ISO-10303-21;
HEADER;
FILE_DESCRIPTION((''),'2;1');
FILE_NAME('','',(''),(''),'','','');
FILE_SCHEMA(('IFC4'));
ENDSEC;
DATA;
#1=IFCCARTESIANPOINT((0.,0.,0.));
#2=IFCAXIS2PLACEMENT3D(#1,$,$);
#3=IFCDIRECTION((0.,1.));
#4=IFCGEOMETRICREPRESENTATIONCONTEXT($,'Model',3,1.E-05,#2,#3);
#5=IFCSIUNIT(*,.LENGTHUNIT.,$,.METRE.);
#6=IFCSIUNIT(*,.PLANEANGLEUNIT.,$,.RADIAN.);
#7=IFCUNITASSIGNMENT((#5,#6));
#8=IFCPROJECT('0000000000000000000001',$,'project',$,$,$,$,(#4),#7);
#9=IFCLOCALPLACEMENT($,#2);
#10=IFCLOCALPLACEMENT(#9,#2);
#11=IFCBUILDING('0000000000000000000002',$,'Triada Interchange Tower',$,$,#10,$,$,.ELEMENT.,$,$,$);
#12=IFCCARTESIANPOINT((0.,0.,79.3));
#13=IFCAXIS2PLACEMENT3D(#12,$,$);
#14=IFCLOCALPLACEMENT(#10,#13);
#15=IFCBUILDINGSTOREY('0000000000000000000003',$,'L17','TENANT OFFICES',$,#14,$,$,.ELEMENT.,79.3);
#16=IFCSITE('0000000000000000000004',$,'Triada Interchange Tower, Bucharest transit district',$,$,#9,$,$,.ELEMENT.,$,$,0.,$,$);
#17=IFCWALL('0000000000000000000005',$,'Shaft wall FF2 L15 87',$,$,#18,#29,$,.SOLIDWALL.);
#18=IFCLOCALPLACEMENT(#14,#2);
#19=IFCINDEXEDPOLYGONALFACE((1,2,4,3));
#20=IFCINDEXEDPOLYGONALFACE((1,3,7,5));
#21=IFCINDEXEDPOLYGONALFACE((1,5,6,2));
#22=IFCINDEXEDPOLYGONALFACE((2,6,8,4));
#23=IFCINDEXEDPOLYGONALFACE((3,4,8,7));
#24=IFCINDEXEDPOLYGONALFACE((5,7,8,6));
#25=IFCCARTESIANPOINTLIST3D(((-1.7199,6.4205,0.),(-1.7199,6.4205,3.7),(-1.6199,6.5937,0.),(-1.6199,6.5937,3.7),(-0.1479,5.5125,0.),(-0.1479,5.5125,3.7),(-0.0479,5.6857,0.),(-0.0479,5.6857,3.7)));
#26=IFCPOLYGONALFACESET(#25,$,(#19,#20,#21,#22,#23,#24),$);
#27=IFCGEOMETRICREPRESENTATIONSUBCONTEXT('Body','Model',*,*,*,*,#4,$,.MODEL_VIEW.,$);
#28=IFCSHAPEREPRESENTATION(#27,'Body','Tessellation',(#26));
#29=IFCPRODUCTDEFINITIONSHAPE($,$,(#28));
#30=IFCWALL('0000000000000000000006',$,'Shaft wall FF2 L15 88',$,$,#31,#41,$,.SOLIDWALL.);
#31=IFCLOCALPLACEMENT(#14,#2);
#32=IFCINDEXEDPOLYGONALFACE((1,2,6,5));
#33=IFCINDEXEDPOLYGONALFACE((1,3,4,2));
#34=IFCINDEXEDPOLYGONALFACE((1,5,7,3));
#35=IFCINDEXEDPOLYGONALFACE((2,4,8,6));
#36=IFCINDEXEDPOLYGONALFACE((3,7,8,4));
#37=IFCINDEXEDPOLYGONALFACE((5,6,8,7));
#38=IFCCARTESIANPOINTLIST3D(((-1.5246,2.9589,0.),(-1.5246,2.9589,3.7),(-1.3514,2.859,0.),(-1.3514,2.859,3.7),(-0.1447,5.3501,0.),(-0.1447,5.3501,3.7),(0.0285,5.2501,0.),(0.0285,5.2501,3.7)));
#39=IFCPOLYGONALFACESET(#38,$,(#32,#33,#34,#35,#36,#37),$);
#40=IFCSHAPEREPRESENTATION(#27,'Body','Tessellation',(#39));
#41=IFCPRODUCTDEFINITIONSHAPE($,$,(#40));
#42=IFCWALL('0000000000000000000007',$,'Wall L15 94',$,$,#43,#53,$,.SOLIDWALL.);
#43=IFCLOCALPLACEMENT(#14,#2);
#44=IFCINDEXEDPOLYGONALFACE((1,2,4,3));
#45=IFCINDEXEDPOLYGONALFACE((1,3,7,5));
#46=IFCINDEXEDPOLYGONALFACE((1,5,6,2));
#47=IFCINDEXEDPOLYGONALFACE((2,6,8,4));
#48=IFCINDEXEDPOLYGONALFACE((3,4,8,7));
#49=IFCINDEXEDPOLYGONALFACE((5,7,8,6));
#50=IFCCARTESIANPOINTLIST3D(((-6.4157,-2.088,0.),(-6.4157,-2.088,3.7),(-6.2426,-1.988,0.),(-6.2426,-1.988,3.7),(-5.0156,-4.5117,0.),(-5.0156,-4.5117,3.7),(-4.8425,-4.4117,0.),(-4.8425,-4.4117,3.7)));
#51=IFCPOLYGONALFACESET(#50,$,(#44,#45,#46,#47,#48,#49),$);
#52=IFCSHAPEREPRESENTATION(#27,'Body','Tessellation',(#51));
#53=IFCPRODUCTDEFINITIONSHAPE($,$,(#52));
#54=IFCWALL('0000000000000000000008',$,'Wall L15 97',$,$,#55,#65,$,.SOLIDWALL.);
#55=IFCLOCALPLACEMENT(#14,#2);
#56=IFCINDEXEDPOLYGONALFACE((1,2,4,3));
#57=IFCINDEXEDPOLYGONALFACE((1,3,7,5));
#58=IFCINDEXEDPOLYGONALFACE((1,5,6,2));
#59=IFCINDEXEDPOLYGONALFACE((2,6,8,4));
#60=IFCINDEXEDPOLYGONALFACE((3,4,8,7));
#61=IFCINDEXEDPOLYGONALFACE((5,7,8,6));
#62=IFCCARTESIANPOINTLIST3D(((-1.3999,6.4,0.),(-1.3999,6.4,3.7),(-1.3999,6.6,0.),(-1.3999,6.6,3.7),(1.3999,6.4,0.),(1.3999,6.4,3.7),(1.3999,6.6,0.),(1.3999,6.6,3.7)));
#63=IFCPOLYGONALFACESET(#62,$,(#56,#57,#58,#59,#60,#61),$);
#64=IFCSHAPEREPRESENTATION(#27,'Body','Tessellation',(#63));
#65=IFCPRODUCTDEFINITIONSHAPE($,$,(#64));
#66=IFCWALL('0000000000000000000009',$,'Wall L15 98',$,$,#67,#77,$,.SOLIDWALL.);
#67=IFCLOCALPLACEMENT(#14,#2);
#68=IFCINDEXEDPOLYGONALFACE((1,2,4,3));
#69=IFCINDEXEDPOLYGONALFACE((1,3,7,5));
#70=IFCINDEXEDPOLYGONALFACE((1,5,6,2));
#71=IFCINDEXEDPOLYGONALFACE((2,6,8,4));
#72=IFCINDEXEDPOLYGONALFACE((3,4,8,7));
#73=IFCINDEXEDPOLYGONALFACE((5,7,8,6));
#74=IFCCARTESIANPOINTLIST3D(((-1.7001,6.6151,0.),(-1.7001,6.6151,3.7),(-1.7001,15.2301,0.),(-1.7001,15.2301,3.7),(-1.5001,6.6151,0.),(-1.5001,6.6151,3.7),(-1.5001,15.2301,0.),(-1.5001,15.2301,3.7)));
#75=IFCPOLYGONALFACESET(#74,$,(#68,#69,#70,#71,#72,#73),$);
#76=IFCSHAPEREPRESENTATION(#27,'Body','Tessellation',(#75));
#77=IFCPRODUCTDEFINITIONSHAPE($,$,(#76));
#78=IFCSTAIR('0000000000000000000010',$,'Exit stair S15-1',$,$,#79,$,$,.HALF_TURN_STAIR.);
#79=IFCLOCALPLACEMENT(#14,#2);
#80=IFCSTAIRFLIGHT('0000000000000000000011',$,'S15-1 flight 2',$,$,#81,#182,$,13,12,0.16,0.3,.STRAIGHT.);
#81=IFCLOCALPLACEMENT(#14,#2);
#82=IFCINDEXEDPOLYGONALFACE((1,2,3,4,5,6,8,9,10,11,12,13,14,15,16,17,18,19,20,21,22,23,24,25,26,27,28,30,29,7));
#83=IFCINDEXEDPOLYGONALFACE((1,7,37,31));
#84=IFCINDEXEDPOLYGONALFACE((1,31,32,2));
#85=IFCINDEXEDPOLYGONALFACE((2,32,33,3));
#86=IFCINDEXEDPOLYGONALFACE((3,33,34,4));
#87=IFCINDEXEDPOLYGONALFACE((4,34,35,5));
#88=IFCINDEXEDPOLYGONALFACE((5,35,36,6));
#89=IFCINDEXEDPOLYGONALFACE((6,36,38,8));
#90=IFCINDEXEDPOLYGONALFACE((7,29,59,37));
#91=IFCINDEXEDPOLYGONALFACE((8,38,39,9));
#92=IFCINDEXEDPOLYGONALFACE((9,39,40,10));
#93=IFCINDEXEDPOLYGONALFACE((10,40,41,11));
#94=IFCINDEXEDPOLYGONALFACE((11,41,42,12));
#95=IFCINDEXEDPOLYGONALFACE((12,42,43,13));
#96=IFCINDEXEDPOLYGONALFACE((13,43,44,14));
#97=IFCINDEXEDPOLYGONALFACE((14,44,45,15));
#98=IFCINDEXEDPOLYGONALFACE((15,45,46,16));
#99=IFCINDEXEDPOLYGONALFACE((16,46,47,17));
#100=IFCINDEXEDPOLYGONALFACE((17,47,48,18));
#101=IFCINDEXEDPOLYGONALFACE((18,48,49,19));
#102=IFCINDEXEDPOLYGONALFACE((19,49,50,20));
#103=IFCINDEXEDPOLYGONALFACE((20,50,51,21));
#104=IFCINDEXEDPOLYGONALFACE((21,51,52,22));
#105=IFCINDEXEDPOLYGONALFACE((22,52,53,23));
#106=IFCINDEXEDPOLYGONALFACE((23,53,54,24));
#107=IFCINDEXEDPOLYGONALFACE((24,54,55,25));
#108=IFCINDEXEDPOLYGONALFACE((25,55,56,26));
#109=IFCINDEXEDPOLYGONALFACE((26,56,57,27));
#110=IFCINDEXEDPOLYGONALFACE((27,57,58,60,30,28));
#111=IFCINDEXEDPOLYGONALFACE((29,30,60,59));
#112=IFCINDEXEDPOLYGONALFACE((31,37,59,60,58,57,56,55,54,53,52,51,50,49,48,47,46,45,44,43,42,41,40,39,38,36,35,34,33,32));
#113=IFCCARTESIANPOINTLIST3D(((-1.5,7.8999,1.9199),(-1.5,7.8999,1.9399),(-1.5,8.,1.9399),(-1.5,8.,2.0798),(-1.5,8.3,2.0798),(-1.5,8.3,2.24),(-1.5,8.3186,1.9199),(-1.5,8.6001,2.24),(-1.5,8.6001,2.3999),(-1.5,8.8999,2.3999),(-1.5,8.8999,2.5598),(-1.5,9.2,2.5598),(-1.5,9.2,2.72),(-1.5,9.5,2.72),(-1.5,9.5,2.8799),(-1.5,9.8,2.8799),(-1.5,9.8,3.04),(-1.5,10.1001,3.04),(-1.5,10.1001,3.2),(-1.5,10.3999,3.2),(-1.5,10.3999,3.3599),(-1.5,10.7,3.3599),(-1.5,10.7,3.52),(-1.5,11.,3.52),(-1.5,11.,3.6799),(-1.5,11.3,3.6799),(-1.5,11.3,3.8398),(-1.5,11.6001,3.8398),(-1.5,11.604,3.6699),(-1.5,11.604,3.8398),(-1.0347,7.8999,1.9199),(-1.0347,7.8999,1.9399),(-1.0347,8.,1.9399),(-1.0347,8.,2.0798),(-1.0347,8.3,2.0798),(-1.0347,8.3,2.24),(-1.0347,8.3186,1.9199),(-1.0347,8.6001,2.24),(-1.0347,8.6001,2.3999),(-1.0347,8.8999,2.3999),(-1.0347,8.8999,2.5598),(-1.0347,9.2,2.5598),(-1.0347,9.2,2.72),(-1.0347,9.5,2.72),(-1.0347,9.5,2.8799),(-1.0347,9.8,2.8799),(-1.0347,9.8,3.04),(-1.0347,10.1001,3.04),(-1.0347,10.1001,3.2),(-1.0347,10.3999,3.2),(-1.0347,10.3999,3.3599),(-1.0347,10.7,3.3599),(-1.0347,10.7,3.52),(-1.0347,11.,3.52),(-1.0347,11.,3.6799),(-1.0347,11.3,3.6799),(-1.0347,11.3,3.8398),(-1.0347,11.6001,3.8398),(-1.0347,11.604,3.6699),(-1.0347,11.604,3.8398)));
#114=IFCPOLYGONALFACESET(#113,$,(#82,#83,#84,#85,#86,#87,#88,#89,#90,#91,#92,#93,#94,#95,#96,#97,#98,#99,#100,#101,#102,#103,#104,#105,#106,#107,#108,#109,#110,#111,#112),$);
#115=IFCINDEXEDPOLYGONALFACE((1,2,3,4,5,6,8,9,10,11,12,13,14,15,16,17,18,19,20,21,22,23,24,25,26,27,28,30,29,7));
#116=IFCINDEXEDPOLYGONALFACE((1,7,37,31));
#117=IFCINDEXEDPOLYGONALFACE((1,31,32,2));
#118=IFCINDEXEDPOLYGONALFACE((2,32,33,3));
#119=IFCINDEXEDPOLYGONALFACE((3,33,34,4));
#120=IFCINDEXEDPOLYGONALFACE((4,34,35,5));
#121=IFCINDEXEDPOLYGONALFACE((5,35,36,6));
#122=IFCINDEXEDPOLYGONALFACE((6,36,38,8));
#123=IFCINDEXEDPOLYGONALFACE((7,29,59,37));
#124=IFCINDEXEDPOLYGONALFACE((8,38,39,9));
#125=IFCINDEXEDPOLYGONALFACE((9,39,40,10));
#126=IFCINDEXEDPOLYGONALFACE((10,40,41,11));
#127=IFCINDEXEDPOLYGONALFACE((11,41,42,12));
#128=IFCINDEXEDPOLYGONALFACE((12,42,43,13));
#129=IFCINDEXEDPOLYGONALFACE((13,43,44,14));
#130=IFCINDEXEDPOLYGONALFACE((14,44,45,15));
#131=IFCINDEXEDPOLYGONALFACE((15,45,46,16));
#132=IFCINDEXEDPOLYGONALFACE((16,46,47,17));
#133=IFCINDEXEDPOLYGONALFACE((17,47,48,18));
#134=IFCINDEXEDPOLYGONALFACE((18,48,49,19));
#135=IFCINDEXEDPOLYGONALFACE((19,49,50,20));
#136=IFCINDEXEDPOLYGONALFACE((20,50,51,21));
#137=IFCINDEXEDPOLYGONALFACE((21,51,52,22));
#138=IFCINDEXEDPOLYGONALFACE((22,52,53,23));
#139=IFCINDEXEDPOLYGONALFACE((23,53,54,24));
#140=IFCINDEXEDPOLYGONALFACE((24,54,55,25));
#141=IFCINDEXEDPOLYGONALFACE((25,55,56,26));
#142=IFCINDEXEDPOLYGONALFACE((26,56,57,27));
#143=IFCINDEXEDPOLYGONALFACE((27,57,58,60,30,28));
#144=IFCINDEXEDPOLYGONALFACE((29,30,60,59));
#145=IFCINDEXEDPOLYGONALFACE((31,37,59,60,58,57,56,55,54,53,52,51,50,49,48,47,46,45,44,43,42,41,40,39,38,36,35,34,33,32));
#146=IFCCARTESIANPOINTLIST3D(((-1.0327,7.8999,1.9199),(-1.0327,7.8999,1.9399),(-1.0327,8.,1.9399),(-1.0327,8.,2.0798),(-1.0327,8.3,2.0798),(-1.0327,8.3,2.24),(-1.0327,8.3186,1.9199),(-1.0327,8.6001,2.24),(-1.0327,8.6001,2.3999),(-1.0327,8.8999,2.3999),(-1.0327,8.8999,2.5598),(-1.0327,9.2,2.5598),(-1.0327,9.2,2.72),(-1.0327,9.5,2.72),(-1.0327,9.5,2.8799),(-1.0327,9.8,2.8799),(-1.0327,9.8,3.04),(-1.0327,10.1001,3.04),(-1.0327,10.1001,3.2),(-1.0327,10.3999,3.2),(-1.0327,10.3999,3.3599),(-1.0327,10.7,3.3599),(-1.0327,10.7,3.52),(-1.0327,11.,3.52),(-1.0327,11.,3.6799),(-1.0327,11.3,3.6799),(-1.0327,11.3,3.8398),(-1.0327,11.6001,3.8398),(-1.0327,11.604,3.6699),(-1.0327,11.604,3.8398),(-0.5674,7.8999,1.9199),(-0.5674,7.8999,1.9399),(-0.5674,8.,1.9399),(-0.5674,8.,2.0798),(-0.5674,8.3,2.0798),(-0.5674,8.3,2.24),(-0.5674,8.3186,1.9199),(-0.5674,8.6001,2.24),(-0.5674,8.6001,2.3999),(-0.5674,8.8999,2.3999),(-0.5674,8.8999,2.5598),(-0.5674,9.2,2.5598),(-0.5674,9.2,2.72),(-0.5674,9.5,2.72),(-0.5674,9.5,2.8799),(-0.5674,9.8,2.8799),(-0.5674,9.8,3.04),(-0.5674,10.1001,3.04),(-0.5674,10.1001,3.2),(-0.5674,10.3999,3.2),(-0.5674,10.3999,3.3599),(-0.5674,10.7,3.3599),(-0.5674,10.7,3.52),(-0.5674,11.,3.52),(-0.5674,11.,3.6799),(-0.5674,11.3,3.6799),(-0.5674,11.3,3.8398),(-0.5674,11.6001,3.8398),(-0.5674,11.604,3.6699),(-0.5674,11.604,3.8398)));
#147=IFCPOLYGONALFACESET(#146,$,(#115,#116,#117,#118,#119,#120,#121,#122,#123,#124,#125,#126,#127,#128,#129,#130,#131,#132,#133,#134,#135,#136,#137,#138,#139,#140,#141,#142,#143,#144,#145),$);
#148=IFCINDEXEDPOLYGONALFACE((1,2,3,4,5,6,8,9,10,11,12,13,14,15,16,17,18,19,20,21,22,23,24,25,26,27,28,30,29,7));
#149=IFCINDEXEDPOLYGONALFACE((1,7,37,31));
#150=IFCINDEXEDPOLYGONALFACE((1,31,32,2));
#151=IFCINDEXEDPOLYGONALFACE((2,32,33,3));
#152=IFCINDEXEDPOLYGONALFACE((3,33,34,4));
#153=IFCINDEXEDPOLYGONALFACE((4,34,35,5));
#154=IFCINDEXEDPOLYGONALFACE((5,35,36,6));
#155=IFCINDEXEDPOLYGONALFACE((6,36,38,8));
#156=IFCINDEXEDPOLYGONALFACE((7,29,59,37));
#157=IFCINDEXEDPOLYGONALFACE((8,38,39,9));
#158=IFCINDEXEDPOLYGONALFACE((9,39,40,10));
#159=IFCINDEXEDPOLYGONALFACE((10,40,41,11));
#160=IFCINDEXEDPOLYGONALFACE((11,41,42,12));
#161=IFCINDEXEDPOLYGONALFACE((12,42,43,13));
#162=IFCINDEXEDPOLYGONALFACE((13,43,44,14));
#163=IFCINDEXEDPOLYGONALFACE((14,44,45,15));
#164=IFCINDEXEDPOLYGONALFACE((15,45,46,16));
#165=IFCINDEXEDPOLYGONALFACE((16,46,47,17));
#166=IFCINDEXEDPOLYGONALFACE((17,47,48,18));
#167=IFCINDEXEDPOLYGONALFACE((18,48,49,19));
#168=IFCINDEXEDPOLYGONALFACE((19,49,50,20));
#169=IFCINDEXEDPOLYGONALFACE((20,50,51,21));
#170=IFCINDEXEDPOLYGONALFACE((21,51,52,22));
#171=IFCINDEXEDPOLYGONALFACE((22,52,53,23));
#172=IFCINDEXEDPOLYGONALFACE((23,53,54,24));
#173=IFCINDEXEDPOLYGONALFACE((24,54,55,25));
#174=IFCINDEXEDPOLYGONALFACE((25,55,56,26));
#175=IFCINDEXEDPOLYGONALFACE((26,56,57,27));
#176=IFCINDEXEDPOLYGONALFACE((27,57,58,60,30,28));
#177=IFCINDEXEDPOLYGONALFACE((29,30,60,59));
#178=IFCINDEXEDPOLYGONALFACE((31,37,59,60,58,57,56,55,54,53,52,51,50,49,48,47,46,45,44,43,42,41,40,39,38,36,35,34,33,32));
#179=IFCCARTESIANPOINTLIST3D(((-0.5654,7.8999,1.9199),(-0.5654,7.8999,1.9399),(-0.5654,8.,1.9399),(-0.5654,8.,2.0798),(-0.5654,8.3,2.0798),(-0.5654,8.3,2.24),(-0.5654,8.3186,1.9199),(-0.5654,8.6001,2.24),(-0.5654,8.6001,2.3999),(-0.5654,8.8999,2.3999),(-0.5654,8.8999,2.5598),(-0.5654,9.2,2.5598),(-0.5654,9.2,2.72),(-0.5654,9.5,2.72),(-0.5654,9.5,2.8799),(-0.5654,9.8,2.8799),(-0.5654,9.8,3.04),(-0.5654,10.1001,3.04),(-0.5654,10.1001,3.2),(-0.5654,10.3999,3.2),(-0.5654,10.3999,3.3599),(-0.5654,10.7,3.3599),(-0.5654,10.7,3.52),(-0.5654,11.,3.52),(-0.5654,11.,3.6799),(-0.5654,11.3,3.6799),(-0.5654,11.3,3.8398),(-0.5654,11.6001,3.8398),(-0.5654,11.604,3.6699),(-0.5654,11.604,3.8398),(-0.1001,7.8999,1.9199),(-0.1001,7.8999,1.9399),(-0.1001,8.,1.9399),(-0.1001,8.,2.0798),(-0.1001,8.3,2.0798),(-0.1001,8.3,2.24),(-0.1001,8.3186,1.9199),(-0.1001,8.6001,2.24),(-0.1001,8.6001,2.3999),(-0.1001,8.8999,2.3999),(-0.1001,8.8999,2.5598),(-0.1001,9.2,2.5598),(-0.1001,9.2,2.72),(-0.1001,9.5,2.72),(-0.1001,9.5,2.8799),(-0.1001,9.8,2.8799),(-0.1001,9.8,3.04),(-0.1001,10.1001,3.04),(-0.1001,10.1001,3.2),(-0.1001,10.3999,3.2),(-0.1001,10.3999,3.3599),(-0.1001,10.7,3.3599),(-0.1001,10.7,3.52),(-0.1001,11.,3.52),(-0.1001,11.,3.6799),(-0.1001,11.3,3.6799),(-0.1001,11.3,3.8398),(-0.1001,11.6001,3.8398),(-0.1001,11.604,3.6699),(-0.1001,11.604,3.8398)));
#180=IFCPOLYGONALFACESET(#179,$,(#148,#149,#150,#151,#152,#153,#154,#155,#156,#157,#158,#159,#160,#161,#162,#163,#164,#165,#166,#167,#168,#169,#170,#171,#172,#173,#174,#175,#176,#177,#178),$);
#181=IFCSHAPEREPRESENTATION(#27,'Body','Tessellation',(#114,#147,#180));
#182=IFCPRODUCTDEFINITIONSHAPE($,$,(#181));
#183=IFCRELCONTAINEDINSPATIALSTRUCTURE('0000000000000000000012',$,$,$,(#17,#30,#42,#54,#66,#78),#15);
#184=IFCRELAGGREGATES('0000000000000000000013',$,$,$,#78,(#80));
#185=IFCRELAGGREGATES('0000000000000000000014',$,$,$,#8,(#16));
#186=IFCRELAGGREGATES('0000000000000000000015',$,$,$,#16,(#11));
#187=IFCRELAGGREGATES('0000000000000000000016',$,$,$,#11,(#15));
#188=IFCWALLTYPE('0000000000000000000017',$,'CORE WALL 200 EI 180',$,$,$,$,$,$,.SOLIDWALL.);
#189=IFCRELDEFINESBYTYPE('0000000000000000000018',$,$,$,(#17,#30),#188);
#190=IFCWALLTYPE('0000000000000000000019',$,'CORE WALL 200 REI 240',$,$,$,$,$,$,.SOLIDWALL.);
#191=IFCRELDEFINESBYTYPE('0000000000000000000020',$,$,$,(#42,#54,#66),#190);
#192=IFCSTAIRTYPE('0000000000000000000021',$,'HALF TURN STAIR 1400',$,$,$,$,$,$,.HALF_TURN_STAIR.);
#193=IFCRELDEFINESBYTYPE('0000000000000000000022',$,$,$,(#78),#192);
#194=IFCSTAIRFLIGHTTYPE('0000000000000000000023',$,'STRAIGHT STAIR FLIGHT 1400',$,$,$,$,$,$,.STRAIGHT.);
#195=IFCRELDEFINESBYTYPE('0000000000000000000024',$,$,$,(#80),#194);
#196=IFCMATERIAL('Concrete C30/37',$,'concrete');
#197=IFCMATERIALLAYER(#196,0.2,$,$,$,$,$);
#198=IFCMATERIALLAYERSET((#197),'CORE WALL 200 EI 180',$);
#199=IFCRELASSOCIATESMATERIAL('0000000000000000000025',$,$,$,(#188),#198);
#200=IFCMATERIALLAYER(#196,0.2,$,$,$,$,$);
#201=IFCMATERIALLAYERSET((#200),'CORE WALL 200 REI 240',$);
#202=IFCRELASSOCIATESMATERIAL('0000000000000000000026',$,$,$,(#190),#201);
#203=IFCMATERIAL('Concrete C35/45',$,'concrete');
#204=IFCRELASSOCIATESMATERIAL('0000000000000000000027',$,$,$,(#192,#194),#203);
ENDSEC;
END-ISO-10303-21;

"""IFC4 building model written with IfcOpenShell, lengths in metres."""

from ifc_helpers import new_model, si_unit, direction, frame, frame_2d, origin, place, context, subcontext, project, spatial, polyline, rectangle, outline, extrude, material, layer, layer_set, type_object, element, aggregate, save


model = new_model("IFC4")

# Units and contexts
model_context = context("Model", 3, precision=1e-05, world=origin(), true_north=direction((0.0, 1.0)))
body_context = subcontext(model_context, "Body", "Model", "MODEL_VIEW")
ifc_project = project(units=[si_unit("LENGTHUNIT", "METRE"), si_unit("PLANEANGLEUNIT", "RADIAN")], contexts=[model_context])

# Site, building, storey
site_placement = place(None, origin())
site = spatial("IfcSite", under=ifc_project, at=site_placement, Name="Triada Interchange Tower, Bucharest transit district", CompositionType="ELEMENT", RefElevation=0.0)
building_placement = place(site_placement, origin())
building = spatial("IfcBuilding", under=site, at=building_placement, Name="Triada Interchange Tower", CompositionType="ELEMENT")
storey_placement = place(building_placement, frame((0.0, 0.0, 79.3)))
storey = spatial("IfcBuildingStorey", under=building, at=storey_placement, Name="L17", Description="TENANT OFFICES", CompositionType="ELEMENT", Elevation=79.3)

# Shared definitions
ifc_material_1 = material(Name="Concrete C30/37", Category="concrete")
ifc_layer_1 = layer(ifc_material_1, 0.2)
ifc_layer_set_1 = layer_set([ifc_layer_1], Name="CORE WALL 200 EI 180")
wall_type_1 = type_object("IfcWallType", Name="CORE WALL 200 EI 180", PredefinedType="SOLIDWALL", material=ifc_layer_set_1)

# Walls
wall_1_placement = place(storey_placement, frame((-1.6699, 6.5071, 0.0), z_axis=(0.0, 0.0, 1.0), x_axis=(0.865941, -0.500145, 0.0)))
element("IfcWall", 1, at=wall_1_placement, inside=storey, type_object=wall_type_1, Name="Shaft wall FF2 L15 87", PredefinedType="SOLIDWALL", context=body_context, shape_type="SweptSolid", body=[
    extrude(rectangle(XDim=1.8154, YDim=0.2, at=frame_2d((0.9077, 0.0))), origin(), (0.0, 0.0, 1.0), 3.7),
])
wall_2_placement = place(storey_placement, frame((-1.438, 2.9089, 0.0), z_axis=(0.0, 0.0, 1.0), x_axis=(0.49983, 0.866124, 0.0)))
element("IfcWall", 2, at=wall_2_placement, inside=storey, type_object=wall_type_1, Name="Shaft wall FF2 L15 88", PredefinedType="SOLIDWALL", context=body_context, shape_type="SweptSolid", body=[
    extrude(rectangle(XDim=2.7607, YDim=0.2, at=frame_2d((1.3804, 0.0))), origin(), (0.0, 0.0, 1.0), 3.7),
])
ifc_layer_2 = layer(ifc_material_1, 0.2)
ifc_layer_set_2 = layer_set([ifc_layer_2], Name="CORE WALL 200 REI 240")
wall_type_2 = type_object("IfcWallType", Name="CORE WALL 200 REI 240", PredefinedType="SOLIDWALL", material=ifc_layer_set_2)
wall_3_placement = place(storey_placement, frame((-6.3291, -2.0381, 0.0), z_axis=(0.0, 0.0, 1.0), x_axis=(0.500201, -0.86591, 0.0)))
element("IfcWall", 3, at=wall_3_placement, inside=storey, type_object=wall_type_2, Name="Wall L15 94", PredefinedType="SOLIDWALL", context=body_context, shape_type="SweptSolid", body=[
    extrude(rectangle(XDim=2.7991, YDim=0.2, at=frame_2d((1.3994, 0.0))), origin(), (0.0, 0.0, 1.0), 3.7),
])
wall_4_placement = place(storey_placement, frame((-1.3999, 6.5, 0.0), z_axis=(0.0, 0.0, 1.0), x_axis=(1.0, 0.0, 0.0)))
element("IfcWall", 4, at=wall_4_placement, inside=storey, type_object=wall_type_2, Name="Wall L15 97", PredefinedType="SOLIDWALL", context=body_context, shape_type="SweptSolid", body=[
    extrude(rectangle(XDim=2.7998, YDim=0.2, at=frame_2d((1.3999, 0.0))), origin(), (0.0, 0.0, 1.0), 3.7),
])
wall_5_placement = place(storey_placement, frame((-1.6001, 6.615, 0.0), z_axis=(0.0, 0.0, 1.0), x_axis=(0.0, 1.0, 0.0)))
element("IfcWall", 5, at=wall_5_placement, inside=storey, type_object=wall_type_2, Name="Wall L15 98", PredefinedType="SOLIDWALL", context=body_context, shape_type="SweptSolid", body=[
    extrude(rectangle(XDim=8.615, YDim=0.2, at=frame_2d((4.3076, 0.0))), origin(), (0.0, 0.0, 1.0), 3.7),
])

# Stair, stair flight
ifc_material_2 = material(Name="Concrete C35/45", Category="concrete")
stair_type = type_object("IfcStairType", Name="HALF TURN STAIR 1400", PredefinedType="HALF_TURN_STAIR", material=ifc_material_2)
stair_placement = place(storey_placement, origin())
stair = element("IfcStair", 6, at=stair_placement, inside=storey, type_object=stair_type, Name="Exit stair S15-1", PredefinedType="HALF_TURN_STAIR")
stair_flight_type = type_object("IfcStairFlightType", Name="STRAIGHT STAIR FLIGHT 1400", PredefinedType="STRAIGHT", material=ifc_material_2)
stair_flight_placement = place(storey_placement, frame((-0.8, 8.0, 1.9199), z_axis=(0.0, 0.0, 1.0), x_axis=(0.0, 1.0, 0.0)))
stair_flight = element("IfcStairFlight", 7, at=stair_flight_placement, type_object=stair_flight_type, Name="S15-1 flight 2", NumberOfRisers=13, NumberOfTreads=12, PredefinedType="STRAIGHT", RiserHeight=0.16, TreadLength=0.3, context=body_context, shape_type="SweptSolid", body=[
    extrude(outline(polyline([(-0.1001, 0.0), (-0.1001, 0.02), (0.0, 0.02), (0.0, 0.1599), (0.3, 0.1599), (0.3, 0.3201), (0.6001, 0.3201), (0.6001, 0.48), (0.8999, 0.48), (0.8999, 0.6399), (1.2, 0.6399), (1.2, 0.8), (1.5, 0.8), (1.5, 0.96), (1.8, 0.96), (1.8, 1.1201), (2.1001, 1.1201), (2.1001, 1.28), (2.3999, 1.28), (2.3999, 1.4399), (2.7, 1.4399), (2.7, 1.6001), (3.0, 1.6001), (3.0, 1.76), (3.3, 1.76), (3.3, 1.9199), (3.6001, 1.9199), (3.604, 1.9199), (3.604, 2.0801), (3.604, 1.75), (0.3186, 0.0), (-0.1001, 0.0)])), frame((0.0, 0.7, 0.0), z_axis=(0.0, -1.0, 0.0), x_axis=(1.0, 0.0, 0.0)), (0.0, 0.0, 1.0), 0.4653),
    extrude(outline(polyline([(-0.1001, 0.0), (-0.1001, 0.02), (0.0, 0.02), (0.0, 0.1599), (0.3, 0.1599), (0.3, 0.3201), (0.6001, 0.3201), (0.6001, 0.48), (0.8999, 0.48), (0.8999, 0.6399), (1.2, 0.6399), (1.2, 0.8), (1.5, 0.8), (1.5, 0.96), (1.8, 0.96), (1.8, 1.1201), (2.1001, 1.1201), (2.1001, 1.28), (2.3999, 1.28), (2.3999, 1.4399), (2.7, 1.4399), (2.7, 1.6001), (3.0, 1.6001), (3.0, 1.76), (3.3, 1.76), (3.3, 1.9199), (3.6001, 1.9199), (3.604, 1.9199), (3.604, 2.0801), (3.604, 1.75), (0.3186, 0.0), (-0.1001, 0.0)])), frame((0.0, 0.2327, 0.0), z_axis=(0.0, -1.0, 0.0), x_axis=(1.0, 0.0, 0.0)), (0.0, 0.0, 1.0), 0.4653),
    extrude(outline(polyline([(-0.1001, 0.0), (-0.1001, 0.02), (0.0, 0.02), (0.0, 0.1599), (0.3, 0.1599), (0.3, 0.3201), (0.6001, 0.3201), (0.6001, 0.48), (0.8999, 0.48), (0.8999, 0.6399), (1.2, 0.6399), (1.2, 0.8), (1.5, 0.8), (1.5, 0.96), (1.8, 0.96), (1.8, 1.1201), (2.1001, 1.1201), (2.1001, 1.28), (2.3999, 1.28), (2.3999, 1.4399), (2.7, 1.4399), (2.7, 1.6001), (3.0, 1.6001), (3.0, 1.76), (3.3, 1.76), (3.3, 1.9199), (3.6001, 1.9199), (3.604, 1.9199), (3.604, 2.0801), (3.604, 1.75), (0.3186, 0.0), (-0.1001, 0.0)])), frame((0.0, -0.2346, 0.0), z_axis=(0.0, -1.0, 0.0), x_axis=(1.0, 0.0, 0.0)), (0.0, 0.0, 1.0), 0.4653),
])
aggregate(stair, [stair_flight])

save(model, "model.ifc")
